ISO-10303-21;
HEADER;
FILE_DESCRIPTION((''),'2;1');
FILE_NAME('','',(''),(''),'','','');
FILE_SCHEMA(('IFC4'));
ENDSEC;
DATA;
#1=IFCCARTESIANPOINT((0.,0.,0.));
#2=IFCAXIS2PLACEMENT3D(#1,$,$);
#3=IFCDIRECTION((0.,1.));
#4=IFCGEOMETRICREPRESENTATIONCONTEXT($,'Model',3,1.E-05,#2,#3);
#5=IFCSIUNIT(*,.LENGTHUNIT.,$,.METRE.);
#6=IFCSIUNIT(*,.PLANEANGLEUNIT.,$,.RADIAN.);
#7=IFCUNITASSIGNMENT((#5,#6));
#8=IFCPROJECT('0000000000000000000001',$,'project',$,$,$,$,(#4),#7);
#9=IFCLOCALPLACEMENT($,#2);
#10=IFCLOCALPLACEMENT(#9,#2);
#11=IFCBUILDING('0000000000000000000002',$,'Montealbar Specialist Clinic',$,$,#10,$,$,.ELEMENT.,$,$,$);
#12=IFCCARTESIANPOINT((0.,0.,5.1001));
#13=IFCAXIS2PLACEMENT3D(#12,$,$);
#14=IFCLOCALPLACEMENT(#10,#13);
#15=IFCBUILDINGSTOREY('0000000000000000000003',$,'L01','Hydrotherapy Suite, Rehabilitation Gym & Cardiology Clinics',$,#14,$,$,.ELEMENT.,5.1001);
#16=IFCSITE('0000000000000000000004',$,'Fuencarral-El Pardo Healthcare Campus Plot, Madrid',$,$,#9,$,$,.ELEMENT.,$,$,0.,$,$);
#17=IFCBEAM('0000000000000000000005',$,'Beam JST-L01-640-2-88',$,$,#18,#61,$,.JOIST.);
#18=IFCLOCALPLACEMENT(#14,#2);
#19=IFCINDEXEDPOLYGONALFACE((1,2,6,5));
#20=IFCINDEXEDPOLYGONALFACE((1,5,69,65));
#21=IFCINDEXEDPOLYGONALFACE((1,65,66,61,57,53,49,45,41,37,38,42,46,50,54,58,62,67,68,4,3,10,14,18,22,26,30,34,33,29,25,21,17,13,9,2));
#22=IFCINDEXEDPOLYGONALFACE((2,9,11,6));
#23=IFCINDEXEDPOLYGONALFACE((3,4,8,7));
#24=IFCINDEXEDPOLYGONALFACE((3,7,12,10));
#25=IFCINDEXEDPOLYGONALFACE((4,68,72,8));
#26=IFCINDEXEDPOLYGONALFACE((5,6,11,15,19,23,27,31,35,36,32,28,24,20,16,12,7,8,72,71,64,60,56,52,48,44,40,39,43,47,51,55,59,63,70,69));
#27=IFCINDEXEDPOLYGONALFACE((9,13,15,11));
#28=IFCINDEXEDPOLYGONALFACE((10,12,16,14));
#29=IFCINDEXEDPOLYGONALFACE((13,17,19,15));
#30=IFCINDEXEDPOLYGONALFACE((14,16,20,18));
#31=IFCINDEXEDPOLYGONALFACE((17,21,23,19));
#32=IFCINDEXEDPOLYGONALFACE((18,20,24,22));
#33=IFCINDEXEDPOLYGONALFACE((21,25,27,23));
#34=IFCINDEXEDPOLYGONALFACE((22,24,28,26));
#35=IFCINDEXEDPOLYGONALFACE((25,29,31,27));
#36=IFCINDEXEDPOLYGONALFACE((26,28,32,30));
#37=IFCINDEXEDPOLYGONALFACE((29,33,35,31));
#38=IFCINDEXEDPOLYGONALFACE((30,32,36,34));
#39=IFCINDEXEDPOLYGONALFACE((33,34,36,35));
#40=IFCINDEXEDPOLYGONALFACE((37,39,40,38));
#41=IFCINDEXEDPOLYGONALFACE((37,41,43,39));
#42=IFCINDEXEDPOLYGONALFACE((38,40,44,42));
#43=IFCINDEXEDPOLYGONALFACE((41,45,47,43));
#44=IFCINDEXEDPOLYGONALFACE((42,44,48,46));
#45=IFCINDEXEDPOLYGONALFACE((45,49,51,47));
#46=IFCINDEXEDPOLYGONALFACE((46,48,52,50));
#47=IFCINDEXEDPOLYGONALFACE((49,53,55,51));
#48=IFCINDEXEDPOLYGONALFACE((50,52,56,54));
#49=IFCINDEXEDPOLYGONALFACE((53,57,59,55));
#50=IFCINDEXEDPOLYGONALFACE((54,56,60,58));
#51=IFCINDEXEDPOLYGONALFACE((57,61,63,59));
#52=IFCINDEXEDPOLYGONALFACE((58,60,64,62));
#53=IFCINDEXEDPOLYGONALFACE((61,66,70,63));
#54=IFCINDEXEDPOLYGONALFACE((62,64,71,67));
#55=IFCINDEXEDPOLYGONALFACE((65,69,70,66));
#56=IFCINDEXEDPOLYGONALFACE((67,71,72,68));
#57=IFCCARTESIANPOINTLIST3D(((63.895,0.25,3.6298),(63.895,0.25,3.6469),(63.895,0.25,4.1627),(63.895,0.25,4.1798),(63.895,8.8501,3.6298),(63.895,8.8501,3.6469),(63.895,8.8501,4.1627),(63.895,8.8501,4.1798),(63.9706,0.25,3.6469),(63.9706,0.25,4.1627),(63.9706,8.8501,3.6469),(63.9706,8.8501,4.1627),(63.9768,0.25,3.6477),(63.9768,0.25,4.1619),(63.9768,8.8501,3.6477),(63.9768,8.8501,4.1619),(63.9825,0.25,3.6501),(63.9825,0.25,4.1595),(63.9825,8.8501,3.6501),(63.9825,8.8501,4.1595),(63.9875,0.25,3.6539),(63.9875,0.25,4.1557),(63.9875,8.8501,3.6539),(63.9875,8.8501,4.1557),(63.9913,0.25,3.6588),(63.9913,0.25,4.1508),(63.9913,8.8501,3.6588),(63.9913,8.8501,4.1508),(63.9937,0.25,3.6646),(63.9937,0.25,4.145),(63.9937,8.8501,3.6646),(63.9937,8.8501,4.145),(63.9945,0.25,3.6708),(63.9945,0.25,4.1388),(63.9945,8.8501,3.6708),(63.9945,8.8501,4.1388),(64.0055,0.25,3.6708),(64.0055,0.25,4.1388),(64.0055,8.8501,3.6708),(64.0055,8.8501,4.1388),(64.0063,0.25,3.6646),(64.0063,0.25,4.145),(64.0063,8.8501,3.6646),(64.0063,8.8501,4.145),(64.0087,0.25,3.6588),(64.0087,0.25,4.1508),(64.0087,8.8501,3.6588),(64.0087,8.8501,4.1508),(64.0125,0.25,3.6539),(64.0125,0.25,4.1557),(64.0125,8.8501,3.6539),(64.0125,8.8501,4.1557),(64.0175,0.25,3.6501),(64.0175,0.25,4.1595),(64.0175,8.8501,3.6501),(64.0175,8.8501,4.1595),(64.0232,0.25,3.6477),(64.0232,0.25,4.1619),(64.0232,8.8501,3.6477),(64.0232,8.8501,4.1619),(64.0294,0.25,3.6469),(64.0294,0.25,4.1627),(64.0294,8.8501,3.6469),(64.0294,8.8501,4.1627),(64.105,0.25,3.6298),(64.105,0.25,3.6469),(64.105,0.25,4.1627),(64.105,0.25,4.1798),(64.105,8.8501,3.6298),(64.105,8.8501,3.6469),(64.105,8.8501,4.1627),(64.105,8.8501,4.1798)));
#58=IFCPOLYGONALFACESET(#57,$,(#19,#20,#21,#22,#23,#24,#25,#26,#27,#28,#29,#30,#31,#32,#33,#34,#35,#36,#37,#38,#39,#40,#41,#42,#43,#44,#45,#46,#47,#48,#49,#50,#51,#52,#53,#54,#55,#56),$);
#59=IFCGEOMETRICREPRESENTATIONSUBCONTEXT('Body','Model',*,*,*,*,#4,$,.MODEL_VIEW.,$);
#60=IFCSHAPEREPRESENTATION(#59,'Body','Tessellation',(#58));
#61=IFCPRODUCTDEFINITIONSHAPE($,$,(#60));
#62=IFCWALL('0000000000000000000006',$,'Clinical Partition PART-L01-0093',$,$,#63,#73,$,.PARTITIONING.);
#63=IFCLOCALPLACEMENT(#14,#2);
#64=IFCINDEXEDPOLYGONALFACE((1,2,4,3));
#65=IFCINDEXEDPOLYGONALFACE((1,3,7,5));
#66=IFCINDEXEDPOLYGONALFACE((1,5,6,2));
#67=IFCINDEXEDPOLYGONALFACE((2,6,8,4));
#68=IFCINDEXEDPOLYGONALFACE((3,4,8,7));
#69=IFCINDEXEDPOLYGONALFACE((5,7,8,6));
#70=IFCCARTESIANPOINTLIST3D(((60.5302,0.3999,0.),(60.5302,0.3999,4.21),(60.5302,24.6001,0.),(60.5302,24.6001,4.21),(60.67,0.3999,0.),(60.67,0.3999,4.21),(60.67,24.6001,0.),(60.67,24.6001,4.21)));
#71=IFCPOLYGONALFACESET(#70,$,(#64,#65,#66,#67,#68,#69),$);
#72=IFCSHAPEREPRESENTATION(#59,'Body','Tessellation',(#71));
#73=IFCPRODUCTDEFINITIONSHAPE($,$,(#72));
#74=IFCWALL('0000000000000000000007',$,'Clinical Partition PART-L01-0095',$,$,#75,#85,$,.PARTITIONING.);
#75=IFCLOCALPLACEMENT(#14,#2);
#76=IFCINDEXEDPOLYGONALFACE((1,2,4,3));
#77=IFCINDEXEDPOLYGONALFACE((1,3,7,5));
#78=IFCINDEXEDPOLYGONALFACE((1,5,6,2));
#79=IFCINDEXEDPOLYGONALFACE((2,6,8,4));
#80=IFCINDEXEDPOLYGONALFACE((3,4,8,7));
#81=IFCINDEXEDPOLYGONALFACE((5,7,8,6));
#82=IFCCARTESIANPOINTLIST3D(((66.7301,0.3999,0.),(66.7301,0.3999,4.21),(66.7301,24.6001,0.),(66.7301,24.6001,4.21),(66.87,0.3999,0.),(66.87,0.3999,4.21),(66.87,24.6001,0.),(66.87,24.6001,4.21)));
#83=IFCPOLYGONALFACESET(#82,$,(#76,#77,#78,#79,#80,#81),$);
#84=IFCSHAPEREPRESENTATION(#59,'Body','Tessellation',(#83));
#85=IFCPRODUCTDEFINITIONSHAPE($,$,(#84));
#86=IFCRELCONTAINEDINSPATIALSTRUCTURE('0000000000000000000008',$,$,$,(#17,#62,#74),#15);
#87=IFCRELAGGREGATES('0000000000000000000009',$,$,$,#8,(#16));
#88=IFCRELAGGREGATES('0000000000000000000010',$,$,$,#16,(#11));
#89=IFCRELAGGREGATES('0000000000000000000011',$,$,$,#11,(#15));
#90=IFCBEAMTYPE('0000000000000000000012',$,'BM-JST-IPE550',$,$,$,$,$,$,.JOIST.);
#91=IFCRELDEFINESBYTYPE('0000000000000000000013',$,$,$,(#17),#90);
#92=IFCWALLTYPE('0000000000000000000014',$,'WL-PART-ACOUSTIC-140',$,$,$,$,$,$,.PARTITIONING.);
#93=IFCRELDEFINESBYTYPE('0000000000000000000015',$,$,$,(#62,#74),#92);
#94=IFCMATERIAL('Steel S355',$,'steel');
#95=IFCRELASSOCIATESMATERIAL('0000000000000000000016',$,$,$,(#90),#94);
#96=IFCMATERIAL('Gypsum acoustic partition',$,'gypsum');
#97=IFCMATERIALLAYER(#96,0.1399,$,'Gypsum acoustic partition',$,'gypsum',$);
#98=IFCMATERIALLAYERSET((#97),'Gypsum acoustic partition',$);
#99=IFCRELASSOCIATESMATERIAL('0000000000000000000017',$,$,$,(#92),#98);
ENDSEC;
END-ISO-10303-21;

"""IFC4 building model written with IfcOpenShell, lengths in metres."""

from ifc_helpers import new_model, si_unit, direction, frame, frame_2d, origin, origin_2d, place, context, subcontext, project, spatial, rectangle, i_section, extrude, material, layer, layer_set, material_profile, profile_set, type_object, element, save


model = new_model("IFC4")

# Units and contexts
model_context = context("Model", 3, precision=1e-05, world=origin(), true_north=direction((0.0, 1.0)))
body_context = subcontext(model_context, "Body", "Model", "MODEL_VIEW")
ifc_project = project(units=[si_unit("LENGTHUNIT", "METRE"), si_unit("PLANEANGLEUNIT", "RADIAN")], contexts=[model_context])

# Site, building, storey
site_placement = place(None, origin())
site = spatial("IfcSite", under=ifc_project, at=site_placement, Name="Fuencarral-El Pardo Healthcare Campus Plot, Madrid", CompositionType="ELEMENT", RefElevation=0.0)
building_placement = place(site_placement, origin())
building = spatial("IfcBuilding", under=site, at=building_placement, Name="Montealbar Specialist Clinic", CompositionType="ELEMENT")
storey_placement = place(building_placement, frame((0.0, 0.0, 5.1001)))
storey = spatial("IfcBuildingStorey", under=building, at=storey_placement, Name="L01", Description="Hydrotherapy Suite, Rehabilitation Gym & Cardiology Clinics", CompositionType="ELEMENT", Elevation=5.1001)

# Shared definitions
ifc_material_1 = material(Name="Steel S355", Category="steel")

# Beam
ifc_material_profile_1 = material_profile(ifc_material_1, i_section(OverallWidth=0.21, OverallDepth=0.55, WebThickness=0.011, FlangeThickness=0.0171, FilletRadius=0.0239, at=origin_2d()), Name="IPE 550", Category="steel")
ifc_profile_set_1 = profile_set([ifc_material_profile_1], Name="Steel S355")
beam_type_1 = type_object("IfcBeamType", Name="BM-JST-IPE550", PredefinedType="JOIST", material=ifc_profile_set_1)
beam_1_placement = place(storey_placement, frame((64.0, 0.25, 3.9048), z_axis=(0.0, 1.0, 0.0), x_axis=(-1.0, 0.0, 0.0)))
element("IfcBeam", 1, at=beam_1_placement, inside=storey, type_object=beam_type_1, Name="Beam JST-L01-640-2-88", PredefinedType="JOIST", context=body_context, shape_type="SweptSolid", body=[
    extrude(i_section(OverallWidth=0.21, OverallDepth=0.55, WebThickness=0.011, FlangeThickness=0.0171, FilletRadius=0.0239, at=origin_2d()), origin(), (0.0, 0.0, 1.0), 8.6001),
])

# Walls
ifc_material_2 = material(Name="Gypsum acoustic partition", Category="gypsum")
ifc_layer = layer(ifc_material_2, 0.1399, Name="Gypsum acoustic partition", Category="gypsum")
ifc_layer_set = layer_set([ifc_layer], Name="Gypsum acoustic partition")
wall_type = type_object("IfcWallType", Name="WL-PART-ACOUSTIC-140", PredefinedType="PARTITIONING", material=ifc_layer_set)
for number, where, z_axis, x_axis, name in (
    (2, (60.6001, 0.3999, 0.0), (0.0, 0.0, 1.0), (0.0, 1.0, 0.0), "Clinical Partition PART-L01-0093"),
    (3, (66.8, 0.3999, 0.0), (0.0, 0.0, 1.0), (0.0, 1.0, 0.0), "Clinical Partition PART-L01-0095"),
):
    element("IfcWall", number, at=place(storey_placement, frame(where, z_axis=z_axis, x_axis=x_axis)), inside=storey, type_object=wall_type, Name=name, PredefinedType="PARTITIONING", context=body_context, shape_type="SweptSolid", body=[
        extrude(rectangle(XDim=24.2002, YDim=0.1399, at=frame_2d((12.1001, 0.0))), origin(), (0.0, 0.0, 1.0), 4.21),
    ])

save(model, "model.ifc")
